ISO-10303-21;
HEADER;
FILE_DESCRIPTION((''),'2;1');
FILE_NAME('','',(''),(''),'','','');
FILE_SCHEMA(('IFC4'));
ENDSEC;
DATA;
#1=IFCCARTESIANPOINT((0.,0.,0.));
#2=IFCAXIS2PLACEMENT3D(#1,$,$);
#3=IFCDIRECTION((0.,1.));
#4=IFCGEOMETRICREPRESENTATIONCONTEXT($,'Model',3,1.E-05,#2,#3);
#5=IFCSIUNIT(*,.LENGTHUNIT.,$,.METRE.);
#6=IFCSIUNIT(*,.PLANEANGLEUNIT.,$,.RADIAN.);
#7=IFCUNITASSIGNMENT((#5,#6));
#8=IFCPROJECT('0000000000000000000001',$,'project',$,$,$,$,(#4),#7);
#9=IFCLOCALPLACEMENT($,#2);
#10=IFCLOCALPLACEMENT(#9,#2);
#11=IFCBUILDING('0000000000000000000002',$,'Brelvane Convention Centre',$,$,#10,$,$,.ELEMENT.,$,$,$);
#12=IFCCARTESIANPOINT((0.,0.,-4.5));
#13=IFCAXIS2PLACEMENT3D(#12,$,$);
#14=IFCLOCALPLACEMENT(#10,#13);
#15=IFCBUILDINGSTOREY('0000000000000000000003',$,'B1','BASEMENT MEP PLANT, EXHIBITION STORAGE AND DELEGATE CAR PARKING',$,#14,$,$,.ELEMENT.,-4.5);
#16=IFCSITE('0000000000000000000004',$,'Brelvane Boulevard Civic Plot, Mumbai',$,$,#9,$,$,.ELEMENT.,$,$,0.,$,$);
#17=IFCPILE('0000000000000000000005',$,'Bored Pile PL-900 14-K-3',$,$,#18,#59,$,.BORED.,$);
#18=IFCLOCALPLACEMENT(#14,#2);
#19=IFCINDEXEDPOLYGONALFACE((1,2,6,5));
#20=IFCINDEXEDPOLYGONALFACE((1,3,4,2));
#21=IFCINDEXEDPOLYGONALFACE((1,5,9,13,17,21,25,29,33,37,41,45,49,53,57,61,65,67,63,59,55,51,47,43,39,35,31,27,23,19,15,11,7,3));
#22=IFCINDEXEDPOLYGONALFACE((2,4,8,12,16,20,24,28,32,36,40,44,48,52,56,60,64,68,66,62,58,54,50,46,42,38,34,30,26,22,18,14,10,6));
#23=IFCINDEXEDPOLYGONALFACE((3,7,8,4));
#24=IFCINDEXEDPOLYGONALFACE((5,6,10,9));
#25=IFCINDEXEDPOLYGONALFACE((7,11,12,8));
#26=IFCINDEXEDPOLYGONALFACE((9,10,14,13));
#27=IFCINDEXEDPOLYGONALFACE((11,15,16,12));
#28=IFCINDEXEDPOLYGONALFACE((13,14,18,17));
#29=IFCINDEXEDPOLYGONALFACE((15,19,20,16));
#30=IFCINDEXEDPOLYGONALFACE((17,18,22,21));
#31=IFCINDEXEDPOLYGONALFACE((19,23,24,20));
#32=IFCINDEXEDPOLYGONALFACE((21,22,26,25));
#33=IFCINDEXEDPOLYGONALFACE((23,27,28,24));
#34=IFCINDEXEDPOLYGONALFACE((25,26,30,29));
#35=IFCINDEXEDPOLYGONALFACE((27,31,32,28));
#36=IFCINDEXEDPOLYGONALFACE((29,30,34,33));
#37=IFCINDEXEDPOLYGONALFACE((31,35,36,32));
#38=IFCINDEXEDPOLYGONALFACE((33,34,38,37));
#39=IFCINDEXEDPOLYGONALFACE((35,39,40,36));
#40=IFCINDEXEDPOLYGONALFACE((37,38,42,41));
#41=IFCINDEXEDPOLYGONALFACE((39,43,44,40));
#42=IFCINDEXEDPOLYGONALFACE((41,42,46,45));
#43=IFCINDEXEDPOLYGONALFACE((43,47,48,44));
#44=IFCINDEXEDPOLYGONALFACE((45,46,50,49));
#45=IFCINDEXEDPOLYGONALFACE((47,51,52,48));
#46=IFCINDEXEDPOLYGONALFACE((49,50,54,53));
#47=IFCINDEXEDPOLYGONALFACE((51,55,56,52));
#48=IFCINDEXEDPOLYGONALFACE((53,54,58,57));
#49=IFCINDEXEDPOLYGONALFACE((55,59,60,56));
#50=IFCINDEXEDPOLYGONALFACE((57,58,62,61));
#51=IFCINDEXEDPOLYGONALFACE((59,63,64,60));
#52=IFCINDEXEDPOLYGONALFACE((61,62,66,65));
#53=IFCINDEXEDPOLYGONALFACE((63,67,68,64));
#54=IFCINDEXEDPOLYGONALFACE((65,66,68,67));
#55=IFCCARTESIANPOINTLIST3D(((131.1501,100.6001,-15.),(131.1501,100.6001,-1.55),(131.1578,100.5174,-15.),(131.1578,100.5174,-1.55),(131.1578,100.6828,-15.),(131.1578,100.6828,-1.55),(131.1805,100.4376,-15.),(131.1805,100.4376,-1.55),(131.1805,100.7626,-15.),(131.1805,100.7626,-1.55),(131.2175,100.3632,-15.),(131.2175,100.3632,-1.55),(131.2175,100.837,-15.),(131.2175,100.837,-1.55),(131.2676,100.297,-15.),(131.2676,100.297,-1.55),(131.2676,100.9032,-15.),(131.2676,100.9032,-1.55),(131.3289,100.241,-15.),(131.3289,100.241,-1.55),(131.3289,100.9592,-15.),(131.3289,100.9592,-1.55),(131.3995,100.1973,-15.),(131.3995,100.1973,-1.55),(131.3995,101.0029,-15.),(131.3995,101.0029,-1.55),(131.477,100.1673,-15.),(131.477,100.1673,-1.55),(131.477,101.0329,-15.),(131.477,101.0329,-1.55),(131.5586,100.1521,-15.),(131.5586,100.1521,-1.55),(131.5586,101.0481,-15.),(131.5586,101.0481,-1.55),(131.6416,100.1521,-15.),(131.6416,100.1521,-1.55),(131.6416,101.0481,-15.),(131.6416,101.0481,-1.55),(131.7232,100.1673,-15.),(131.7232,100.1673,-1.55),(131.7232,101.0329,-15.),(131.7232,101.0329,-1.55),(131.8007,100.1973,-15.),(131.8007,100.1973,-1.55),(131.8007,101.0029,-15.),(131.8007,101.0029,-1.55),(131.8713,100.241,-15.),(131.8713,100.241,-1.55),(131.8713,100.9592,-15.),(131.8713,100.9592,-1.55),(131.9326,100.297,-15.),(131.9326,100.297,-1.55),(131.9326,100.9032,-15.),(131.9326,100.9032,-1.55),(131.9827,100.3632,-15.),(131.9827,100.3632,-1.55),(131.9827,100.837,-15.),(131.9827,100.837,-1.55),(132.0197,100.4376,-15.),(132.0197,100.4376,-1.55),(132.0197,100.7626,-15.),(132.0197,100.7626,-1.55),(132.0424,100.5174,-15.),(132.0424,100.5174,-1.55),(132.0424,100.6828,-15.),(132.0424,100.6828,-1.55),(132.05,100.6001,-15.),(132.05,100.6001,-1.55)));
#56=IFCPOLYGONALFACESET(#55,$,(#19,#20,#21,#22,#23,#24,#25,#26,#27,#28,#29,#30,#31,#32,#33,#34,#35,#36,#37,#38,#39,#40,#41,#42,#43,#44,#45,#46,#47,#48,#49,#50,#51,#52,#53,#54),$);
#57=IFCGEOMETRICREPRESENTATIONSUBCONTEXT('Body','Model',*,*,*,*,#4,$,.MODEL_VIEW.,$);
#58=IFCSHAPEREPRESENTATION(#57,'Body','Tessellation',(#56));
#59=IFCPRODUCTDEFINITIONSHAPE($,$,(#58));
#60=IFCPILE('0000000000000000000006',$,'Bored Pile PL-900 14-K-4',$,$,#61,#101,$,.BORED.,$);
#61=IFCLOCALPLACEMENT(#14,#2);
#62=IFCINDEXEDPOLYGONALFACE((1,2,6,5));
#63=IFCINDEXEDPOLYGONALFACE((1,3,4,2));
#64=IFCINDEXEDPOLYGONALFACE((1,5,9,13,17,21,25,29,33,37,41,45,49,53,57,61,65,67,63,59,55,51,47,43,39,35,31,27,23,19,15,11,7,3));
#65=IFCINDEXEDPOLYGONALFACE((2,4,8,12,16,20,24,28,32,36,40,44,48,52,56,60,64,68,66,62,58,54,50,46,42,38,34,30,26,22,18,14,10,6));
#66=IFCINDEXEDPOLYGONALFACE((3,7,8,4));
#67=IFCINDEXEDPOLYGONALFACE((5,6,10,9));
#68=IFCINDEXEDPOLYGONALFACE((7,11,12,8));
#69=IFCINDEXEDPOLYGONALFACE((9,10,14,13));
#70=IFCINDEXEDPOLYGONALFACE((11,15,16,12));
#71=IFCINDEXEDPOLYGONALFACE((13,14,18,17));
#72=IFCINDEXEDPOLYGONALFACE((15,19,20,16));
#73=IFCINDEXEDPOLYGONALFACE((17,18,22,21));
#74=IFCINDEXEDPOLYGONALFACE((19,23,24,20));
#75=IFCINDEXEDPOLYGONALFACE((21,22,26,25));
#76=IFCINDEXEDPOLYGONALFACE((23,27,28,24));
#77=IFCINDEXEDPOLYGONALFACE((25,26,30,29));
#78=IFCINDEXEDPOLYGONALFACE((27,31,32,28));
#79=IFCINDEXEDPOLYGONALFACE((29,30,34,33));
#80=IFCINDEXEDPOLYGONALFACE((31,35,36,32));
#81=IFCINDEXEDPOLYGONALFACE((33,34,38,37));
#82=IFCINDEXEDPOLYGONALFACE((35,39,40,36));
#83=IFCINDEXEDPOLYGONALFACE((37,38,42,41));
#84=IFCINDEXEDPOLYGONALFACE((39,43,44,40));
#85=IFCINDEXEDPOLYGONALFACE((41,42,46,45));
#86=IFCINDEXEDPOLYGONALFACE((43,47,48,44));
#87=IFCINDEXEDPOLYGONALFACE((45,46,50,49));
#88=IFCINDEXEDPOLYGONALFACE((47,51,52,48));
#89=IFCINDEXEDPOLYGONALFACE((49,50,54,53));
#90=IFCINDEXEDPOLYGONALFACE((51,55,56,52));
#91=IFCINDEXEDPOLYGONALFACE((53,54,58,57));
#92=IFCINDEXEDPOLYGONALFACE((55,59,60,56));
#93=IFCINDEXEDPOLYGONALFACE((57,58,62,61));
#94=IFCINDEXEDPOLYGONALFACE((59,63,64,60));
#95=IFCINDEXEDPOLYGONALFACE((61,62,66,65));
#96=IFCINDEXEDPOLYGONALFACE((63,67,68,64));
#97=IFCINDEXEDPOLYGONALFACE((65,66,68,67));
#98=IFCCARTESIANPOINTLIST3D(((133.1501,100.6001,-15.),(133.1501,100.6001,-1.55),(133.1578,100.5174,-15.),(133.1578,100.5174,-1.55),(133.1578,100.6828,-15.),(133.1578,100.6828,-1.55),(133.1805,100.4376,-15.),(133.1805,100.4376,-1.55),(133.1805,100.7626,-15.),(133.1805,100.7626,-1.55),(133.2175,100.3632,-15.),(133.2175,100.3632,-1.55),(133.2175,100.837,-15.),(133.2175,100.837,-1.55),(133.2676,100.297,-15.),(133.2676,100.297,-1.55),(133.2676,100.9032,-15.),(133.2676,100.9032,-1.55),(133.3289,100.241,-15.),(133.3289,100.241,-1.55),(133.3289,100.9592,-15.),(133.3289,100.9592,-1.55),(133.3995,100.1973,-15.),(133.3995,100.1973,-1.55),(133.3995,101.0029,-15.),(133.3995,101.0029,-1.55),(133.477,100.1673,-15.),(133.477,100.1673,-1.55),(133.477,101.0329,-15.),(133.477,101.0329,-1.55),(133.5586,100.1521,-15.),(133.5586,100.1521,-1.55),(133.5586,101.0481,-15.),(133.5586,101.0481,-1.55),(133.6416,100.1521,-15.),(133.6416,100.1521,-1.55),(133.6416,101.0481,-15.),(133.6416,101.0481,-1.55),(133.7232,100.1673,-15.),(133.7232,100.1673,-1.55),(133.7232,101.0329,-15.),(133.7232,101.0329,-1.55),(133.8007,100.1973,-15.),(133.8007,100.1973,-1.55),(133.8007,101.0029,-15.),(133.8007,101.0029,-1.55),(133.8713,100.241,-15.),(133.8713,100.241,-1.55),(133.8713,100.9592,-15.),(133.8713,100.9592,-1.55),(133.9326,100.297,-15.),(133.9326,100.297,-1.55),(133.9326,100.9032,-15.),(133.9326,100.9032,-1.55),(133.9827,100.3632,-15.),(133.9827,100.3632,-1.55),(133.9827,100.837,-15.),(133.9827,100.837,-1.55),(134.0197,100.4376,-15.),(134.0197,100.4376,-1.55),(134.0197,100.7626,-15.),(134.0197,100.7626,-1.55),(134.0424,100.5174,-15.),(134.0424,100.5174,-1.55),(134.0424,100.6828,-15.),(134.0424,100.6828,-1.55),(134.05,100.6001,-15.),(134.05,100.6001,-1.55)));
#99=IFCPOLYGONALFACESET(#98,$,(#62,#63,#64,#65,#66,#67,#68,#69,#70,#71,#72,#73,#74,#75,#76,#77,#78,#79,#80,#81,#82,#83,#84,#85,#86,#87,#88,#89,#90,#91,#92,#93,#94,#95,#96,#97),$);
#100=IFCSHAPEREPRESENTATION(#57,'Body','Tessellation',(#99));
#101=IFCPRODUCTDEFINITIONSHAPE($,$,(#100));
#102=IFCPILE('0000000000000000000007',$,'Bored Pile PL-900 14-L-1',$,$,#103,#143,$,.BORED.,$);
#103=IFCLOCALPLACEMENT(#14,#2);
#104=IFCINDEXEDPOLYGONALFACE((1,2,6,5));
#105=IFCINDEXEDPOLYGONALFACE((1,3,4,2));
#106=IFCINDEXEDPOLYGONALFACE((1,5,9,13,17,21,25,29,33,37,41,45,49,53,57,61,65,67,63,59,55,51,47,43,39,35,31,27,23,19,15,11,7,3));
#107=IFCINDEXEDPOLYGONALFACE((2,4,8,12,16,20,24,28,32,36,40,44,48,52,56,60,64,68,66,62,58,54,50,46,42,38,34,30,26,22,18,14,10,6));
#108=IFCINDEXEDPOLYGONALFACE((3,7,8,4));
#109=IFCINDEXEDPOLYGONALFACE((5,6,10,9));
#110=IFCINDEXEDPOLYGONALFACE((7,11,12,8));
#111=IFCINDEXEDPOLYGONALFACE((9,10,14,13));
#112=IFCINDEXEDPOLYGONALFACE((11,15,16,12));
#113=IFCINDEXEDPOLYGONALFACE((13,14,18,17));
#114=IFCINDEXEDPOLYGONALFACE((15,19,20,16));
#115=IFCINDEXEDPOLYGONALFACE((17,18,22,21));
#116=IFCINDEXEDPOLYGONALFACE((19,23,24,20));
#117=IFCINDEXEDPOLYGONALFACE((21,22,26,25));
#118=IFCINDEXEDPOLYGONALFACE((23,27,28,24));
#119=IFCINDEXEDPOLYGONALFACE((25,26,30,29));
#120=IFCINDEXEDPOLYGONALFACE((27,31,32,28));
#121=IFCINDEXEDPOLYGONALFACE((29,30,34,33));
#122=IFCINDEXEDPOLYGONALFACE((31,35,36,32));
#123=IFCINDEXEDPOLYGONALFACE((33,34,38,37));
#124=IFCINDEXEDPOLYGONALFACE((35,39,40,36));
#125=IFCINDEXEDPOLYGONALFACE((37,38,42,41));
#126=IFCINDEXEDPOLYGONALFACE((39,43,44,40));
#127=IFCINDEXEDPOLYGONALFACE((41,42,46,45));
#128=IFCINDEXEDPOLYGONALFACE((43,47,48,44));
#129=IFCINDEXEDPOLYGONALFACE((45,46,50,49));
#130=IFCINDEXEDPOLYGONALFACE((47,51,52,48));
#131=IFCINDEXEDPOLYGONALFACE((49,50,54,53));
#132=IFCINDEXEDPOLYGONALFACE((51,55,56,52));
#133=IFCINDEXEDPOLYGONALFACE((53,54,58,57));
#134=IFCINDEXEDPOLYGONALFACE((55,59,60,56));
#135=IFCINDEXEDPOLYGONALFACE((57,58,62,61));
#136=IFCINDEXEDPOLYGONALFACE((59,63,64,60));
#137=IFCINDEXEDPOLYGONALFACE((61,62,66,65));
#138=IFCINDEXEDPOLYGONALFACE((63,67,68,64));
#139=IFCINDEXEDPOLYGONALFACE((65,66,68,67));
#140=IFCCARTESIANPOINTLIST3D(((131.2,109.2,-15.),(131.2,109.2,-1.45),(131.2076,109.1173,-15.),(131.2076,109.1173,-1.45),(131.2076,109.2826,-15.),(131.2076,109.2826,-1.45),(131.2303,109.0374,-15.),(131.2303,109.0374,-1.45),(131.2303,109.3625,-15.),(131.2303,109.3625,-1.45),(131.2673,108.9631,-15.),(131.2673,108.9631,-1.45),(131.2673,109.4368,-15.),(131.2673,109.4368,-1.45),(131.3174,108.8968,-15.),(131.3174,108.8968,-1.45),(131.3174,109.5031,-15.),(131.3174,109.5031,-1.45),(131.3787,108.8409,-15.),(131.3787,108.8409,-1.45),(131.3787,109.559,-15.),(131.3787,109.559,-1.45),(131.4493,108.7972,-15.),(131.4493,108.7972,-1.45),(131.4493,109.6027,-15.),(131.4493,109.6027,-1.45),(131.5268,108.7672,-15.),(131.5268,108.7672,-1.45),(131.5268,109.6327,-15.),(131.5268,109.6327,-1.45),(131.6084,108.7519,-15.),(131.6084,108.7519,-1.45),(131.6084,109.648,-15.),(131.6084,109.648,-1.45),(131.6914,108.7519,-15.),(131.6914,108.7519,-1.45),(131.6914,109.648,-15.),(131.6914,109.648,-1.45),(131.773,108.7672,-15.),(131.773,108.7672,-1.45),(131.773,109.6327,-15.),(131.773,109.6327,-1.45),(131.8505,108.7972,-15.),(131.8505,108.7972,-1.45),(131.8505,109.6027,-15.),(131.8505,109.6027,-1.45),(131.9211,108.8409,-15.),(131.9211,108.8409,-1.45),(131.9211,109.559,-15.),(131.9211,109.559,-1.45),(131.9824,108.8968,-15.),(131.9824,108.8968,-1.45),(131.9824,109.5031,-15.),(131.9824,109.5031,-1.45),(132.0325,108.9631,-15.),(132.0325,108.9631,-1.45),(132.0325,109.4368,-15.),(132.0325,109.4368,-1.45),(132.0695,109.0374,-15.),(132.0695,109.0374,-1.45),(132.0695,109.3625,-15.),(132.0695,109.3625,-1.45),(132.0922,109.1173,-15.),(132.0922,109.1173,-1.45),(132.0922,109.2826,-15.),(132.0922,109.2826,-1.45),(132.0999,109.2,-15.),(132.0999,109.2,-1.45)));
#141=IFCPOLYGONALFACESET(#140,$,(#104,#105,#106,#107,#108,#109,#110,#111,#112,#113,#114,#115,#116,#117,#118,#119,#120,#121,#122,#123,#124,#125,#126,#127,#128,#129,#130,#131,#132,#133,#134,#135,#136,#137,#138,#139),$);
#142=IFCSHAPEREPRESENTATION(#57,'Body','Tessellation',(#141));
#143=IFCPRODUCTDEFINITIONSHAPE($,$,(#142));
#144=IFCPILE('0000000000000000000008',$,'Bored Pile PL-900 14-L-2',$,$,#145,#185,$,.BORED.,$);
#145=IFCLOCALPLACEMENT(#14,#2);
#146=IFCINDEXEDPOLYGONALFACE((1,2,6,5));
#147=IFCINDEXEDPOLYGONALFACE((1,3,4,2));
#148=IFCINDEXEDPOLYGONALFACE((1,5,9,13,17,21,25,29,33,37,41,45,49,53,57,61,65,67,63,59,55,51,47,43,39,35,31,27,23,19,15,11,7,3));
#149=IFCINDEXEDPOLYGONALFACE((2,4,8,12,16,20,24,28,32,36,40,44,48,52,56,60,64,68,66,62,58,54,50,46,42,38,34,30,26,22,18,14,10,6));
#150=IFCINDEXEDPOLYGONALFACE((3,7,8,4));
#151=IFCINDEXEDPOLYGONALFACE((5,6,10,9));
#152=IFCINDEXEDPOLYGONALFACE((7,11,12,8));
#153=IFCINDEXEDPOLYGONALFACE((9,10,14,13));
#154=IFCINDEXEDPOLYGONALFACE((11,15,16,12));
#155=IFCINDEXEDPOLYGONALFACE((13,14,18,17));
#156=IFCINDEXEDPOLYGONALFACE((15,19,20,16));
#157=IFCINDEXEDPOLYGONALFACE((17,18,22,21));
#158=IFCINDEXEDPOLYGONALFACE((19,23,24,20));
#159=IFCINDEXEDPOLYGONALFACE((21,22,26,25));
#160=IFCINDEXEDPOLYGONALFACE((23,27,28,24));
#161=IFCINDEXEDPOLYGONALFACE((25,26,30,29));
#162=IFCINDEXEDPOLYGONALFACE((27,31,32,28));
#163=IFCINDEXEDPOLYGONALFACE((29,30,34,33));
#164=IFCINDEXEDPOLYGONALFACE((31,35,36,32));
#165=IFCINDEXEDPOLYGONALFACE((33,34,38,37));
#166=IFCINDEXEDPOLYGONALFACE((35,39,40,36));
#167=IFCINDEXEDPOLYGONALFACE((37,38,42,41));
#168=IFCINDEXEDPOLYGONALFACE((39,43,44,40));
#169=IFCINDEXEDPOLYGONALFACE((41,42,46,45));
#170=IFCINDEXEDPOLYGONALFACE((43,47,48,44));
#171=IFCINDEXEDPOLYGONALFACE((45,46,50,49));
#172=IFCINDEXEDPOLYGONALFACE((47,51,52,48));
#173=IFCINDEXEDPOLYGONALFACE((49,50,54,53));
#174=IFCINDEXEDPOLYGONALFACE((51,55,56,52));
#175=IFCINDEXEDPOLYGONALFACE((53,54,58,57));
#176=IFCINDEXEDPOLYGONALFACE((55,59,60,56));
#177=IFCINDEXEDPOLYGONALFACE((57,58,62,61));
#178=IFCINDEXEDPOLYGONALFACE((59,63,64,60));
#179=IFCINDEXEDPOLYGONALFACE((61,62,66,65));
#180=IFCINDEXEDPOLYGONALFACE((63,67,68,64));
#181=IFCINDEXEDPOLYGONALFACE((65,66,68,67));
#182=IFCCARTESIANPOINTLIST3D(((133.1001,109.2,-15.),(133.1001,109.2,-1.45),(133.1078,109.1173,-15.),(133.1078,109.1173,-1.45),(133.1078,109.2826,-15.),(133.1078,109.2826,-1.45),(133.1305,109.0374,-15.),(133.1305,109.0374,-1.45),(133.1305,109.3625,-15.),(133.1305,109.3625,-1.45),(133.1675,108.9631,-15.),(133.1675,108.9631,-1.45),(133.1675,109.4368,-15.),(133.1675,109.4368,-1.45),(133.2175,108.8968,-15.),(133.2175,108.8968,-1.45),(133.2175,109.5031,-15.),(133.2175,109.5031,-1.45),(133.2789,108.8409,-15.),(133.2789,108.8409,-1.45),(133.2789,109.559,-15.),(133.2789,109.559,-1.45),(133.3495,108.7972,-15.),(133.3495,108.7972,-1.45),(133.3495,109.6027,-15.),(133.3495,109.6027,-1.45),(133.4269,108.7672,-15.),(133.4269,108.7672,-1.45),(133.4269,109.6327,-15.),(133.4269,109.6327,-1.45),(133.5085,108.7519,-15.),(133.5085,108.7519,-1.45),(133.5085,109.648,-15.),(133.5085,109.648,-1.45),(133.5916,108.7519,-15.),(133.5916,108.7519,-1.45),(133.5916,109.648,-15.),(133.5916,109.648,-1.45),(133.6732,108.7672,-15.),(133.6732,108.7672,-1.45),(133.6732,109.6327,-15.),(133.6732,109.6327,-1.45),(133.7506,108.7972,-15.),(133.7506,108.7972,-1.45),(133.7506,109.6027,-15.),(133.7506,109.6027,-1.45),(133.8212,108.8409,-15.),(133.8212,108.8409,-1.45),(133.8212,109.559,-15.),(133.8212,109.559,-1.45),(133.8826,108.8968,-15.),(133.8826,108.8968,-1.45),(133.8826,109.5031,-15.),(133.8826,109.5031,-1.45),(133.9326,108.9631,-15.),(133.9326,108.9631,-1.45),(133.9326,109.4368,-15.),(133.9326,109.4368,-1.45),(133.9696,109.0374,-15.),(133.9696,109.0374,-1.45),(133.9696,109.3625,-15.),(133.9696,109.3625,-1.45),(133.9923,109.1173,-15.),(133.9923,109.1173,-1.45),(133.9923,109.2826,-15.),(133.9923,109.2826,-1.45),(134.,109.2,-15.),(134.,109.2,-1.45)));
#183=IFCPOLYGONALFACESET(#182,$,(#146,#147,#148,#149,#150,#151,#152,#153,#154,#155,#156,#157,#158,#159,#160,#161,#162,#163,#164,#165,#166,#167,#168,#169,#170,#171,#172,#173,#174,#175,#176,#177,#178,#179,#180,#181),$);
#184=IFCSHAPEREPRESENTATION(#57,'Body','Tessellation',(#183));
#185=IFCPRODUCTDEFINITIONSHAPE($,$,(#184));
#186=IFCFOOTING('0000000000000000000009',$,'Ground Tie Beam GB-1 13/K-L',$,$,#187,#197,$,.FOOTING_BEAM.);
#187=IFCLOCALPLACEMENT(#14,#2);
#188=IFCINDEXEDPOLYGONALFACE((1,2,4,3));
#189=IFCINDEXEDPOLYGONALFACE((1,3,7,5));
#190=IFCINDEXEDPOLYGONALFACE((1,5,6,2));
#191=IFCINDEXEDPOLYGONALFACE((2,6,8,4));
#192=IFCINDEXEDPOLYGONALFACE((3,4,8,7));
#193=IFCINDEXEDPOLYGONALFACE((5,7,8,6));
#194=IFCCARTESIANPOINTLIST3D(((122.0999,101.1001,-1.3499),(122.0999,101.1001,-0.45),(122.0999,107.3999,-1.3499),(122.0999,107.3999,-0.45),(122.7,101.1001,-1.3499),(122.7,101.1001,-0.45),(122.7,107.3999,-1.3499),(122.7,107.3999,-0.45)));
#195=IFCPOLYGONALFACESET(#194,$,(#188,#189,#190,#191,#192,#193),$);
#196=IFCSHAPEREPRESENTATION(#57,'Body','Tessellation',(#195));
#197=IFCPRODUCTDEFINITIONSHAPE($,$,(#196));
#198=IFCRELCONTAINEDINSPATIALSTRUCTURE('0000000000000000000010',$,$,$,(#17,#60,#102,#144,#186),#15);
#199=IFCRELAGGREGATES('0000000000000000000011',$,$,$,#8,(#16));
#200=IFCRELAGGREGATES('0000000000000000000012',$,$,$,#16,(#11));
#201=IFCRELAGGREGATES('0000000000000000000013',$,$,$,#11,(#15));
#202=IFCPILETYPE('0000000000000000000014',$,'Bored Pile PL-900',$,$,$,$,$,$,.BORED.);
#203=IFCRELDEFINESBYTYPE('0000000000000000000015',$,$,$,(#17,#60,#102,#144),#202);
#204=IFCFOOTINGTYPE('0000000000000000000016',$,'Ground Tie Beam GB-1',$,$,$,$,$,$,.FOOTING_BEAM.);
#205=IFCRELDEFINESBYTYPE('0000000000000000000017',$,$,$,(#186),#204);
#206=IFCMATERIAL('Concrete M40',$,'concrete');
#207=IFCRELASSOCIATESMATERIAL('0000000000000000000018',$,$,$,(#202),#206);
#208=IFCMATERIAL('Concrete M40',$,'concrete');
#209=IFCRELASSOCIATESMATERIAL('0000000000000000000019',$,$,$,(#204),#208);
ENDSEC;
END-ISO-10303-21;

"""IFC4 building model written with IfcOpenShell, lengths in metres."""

from ifc_helpers import new_model, si_unit, direction, frame, origin, origin_2d, place, context, subcontext, project, spatial, rectangle, circle, extrude, material, material_profile, profile_set, type_object, element, save


model = new_model("IFC4")

# Units and contexts
model_context = context("Model", 3, precision=1e-05, world=origin(), true_north=direction((0.0, 1.0)))
body_context = subcontext(model_context, "Body", "Model", "MODEL_VIEW")
ifc_project = project(units=[si_unit("LENGTHUNIT", "METRE"), si_unit("PLANEANGLEUNIT", "RADIAN")], contexts=[model_context])

# Site, building, storey
site_placement = place(None, origin())
site = spatial("IfcSite", under=ifc_project, at=site_placement, Name="Brelvane Boulevard Civic Plot, Mumbai", CompositionType="ELEMENT", RefElevation=0.0)
building_placement = place(site_placement, origin())
building = spatial("IfcBuilding", under=site, at=building_placement, Name="Brelvane Convention Centre", CompositionType="ELEMENT")
storey_placement = place(building_placement, frame((0.0, 0.0, -4.5)))
storey = spatial("IfcBuildingStorey", under=building, at=storey_placement, Name="B1", Description="BASEMENT MEP PLANT, EXHIBITION STORAGE AND DELEGATE CAR PARKING", CompositionType="ELEMENT", Elevation=-4.5)

# Piles
ifc_material_1 = material(Name="Concrete M40", Category="concrete")
ifc_material_profile_1 = material_profile(ifc_material_1, circle(Radius=0.45, at=origin_2d()), Name="PILE D900")
ifc_profile_set_1 = profile_set([ifc_material_profile_1], Name="Concrete M40")
pile_type = type_object("IfcPileType", Name="Bored Pile PL-900", PredefinedType="BORED", material=ifc_profile_set_1)
for number, where, z_axis, x_axis, name in (
    (1, (131.6001, 100.6001, -1.55), (0.0, 0.0, -1.0), (1.0, 0.0, 0.0), "Bored Pile PL-900 14-K-3"),
    (2, (133.6001, 100.6001, -1.55), (0.0, 0.0, -1.0), (1.0, 0.0, 0.0), "Bored Pile PL-900 14-K-4"),
):
    element("IfcPile", number, at=place(storey_placement, frame(where, z_axis=z_axis, x_axis=x_axis)), inside=storey, type_object=pile_type, Name=name, PredefinedType="BORED", context=body_context, shape_type="SweptSolid", body=[
        extrude(circle(Radius=0.45, at=origin_2d()), origin(), (0.0, 0.0, 1.0), 13.45),
    ])
for number, where, z_axis, x_axis, name in (
    (3, (131.6499, 109.2, -1.45), (0.0, 0.0, -1.0), (1.0, 0.0, 0.0), "Bored Pile PL-900 14-L-1"),
    (4, (133.55, 109.2, -1.45), (0.0, 0.0, -1.0), (1.0, 0.0, 0.0), "Bored Pile PL-900 14-L-2"),
):
    element("IfcPile", number, at=place(storey_placement, frame(where, z_axis=z_axis, x_axis=x_axis)), inside=storey, type_object=pile_type, Name=name, PredefinedType="BORED", context=body_context, shape_type="SweptSolid", body=[
        extrude(circle(Radius=0.45, at=origin_2d()), origin(), (0.0, 0.0, 1.0), 13.55),
    ])

# Footing
ifc_material_2 = material(Name="Concrete M40", Category="concrete")
ifc_material_profile_2 = material_profile(ifc_material_2, rectangle(XDim=0.6001, YDim=0.8999, at=origin_2d()), Name="RC 600x900")
ifc_profile_set_2 = profile_set([ifc_material_profile_2], Name="Concrete M40")
footing_type_1 = type_object("IfcFootingType", Name="Ground Tie Beam GB-1", PredefinedType="FOOTING_BEAM", material=ifc_profile_set_2)
footing_1_placement = place(storey_placement, frame((122.3999, 101.1001, -0.8999), z_axis=(0.0, 1.0, 0.0), x_axis=(-1.0, 0.0, 0.0)))
element("IfcFooting", 5, at=footing_1_placement, inside=storey, type_object=footing_type_1, Name="Ground Tie Beam GB-1 13/K-L", PredefinedType="FOOTING_BEAM", context=body_context, shape_type="SweptSolid", body=[
    extrude(rectangle(XDim=0.6001, YDim=0.8999, at=origin_2d()), origin(), (0.0, 0.0, 1.0), 6.2998),
])

save(model, "model.ifc")
